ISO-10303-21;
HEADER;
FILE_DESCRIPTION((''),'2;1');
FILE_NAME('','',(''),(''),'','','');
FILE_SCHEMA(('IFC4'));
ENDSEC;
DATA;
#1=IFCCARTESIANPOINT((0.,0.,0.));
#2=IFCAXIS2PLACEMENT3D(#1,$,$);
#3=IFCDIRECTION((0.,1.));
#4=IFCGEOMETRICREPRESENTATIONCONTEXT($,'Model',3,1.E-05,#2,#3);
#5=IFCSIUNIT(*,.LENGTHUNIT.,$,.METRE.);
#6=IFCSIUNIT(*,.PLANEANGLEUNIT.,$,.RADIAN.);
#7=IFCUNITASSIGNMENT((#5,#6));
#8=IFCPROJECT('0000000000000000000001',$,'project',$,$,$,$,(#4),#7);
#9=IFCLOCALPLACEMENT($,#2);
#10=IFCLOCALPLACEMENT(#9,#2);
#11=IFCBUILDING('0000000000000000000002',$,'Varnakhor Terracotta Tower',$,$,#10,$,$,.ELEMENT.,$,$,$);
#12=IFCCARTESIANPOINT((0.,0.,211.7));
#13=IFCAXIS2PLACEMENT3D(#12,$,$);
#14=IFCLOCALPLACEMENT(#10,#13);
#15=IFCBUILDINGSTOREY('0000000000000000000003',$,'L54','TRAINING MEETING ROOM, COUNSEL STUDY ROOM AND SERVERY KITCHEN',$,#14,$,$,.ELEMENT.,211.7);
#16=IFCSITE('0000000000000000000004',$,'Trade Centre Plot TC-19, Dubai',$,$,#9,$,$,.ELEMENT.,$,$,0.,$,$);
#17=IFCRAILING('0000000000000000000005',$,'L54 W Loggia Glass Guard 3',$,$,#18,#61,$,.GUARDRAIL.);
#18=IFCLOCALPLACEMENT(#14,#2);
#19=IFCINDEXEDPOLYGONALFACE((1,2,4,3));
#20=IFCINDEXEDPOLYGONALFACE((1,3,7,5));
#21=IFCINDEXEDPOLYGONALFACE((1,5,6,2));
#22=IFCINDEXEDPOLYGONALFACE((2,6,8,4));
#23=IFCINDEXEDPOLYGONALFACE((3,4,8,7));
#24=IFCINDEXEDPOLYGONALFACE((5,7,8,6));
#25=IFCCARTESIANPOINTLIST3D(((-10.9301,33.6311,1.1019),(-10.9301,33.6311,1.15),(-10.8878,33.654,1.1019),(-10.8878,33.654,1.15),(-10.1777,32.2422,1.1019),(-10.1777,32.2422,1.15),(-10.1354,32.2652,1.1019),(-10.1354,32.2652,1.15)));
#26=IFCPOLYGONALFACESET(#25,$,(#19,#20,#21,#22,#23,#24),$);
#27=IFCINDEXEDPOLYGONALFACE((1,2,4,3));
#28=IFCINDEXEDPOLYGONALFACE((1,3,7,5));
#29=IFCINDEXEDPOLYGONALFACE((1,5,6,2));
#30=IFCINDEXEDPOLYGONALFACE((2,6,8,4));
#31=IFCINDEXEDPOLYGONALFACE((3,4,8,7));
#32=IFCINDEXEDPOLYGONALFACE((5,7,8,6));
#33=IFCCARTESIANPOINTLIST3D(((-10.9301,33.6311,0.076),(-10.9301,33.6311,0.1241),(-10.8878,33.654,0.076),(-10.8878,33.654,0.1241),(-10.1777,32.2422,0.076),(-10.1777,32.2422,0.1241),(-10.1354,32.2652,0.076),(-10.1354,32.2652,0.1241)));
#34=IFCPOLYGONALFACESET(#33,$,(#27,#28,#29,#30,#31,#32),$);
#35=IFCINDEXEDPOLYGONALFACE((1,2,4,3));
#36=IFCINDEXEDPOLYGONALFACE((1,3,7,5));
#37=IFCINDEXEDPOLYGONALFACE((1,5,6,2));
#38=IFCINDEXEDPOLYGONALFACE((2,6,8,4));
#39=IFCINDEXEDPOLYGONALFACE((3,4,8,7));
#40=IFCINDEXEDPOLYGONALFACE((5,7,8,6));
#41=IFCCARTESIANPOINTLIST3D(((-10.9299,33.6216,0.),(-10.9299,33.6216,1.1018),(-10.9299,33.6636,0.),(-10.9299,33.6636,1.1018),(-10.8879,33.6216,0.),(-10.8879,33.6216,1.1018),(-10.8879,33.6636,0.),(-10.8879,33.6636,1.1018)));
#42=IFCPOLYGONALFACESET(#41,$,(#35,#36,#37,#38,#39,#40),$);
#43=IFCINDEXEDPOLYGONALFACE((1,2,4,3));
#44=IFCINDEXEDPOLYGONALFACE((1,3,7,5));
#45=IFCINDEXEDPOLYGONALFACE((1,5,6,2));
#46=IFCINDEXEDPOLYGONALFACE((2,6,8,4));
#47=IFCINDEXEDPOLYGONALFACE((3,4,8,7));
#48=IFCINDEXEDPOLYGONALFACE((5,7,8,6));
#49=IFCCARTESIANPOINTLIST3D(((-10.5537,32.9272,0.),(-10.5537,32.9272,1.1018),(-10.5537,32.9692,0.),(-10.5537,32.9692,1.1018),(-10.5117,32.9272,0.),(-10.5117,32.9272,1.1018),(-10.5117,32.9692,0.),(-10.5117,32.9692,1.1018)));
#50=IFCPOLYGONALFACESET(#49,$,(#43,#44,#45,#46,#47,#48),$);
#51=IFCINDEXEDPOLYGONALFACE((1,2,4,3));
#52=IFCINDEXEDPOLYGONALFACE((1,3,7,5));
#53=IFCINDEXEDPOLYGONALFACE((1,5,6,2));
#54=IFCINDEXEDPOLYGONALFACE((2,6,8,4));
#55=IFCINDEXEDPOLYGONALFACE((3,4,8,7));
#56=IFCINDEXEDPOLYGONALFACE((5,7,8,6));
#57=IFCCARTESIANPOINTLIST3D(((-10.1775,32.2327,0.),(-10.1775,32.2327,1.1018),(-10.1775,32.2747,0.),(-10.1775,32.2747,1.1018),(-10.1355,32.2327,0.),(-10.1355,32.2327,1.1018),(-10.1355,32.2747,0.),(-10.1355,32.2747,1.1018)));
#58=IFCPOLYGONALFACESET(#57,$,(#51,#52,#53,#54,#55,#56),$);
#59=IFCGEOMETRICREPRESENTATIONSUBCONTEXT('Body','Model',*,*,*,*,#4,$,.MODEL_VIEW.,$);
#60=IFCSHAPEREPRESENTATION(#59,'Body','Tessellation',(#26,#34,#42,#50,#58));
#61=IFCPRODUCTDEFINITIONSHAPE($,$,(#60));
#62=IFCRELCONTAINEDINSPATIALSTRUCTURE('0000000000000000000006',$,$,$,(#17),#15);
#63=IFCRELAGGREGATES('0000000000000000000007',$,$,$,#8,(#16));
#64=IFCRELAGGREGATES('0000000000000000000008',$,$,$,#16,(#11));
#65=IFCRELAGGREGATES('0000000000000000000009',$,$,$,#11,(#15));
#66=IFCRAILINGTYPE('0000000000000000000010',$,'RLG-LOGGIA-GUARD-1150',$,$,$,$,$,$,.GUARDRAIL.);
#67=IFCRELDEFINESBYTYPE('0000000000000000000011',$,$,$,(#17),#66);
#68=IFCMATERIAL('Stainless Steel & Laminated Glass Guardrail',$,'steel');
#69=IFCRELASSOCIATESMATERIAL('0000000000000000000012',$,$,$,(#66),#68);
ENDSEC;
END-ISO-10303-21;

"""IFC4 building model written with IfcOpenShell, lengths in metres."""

from ifc_helpers import new_model, si_unit, direction, frame, origin, origin_2d, place, context, subcontext, project, spatial, rectangle, extrude, material, type_object, element, save


model = new_model("IFC4")

# Units and contexts
model_context = context("Model", 3, precision=1e-05, world=origin(), true_north=direction((0.0, 1.0)))
body_context = subcontext(model_context, "Body", "Model", "MODEL_VIEW")
ifc_project = project(units=[si_unit("LENGTHUNIT", "METRE"), si_unit("PLANEANGLEUNIT", "RADIAN")], contexts=[model_context])

# Site, building, storey
site_placement = place(None, origin())
site = spatial("IfcSite", under=ifc_project, at=site_placement, Name="Trade Centre Plot TC-19, Dubai", CompositionType="ELEMENT", RefElevation=0.0)
building_placement = place(site_placement, origin())
building = spatial("IfcBuilding", under=site, at=building_placement, Name="Varnakhor Terracotta Tower", CompositionType="ELEMENT")
storey_placement = place(building_placement, frame((0.0, 0.0, 211.7)))
storey = spatial("IfcBuildingStorey", under=building, at=storey_placement, Name="L54", Description="TRAINING MEETING ROOM, COUNSEL STUDY ROOM AND SERVERY KITCHEN", CompositionType="ELEMENT", Elevation=211.7)

# Railing
ifc_material_1 = material(Name="Stainless Steel & Laminated Glass Guardrail", Category="steel")
railing_type = type_object("IfcRailingType", Name="RLG-LOGGIA-GUARD-1150", PredefinedType="GUARDRAIL", material=ifc_material_1)
railing_placement = place(storey_placement, frame((-10.9089, 33.6426, 0.0)))
element("IfcRailing", 1, at=railing_placement, inside=storey, type_object=railing_type, Name="L54 W Loggia Glass Guard 3", PredefinedType="GUARDRAIL", context=body_context, shape_type="SweptSolid", body=[
    extrude(rectangle(XDim=0.0481, YDim=0.0481, at=origin_2d()), frame((0.0, 0.0, 1.126), z_axis=(0.476338, -0.879262, 0.0), x_axis=(0.879262, 0.476338, 0.0)), (0.0, 0.0, 1.0), 1.5796),
    extrude(rectangle(XDim=0.0481, YDim=0.0481, at=origin_2d()), frame((0.0, 0.0, 0.1001), z_axis=(0.476338, -0.879262, 0.0), x_axis=(0.879262, 0.476338, 0.0)), (0.0, 0.0, 1.0), 1.5796),
    extrude(rectangle(XDim=0.042, YDim=0.042, at=origin_2d()), origin(), (0.0, 0.0, 1.0), 1.1018),
    extrude(rectangle(XDim=0.042, YDim=0.042, at=origin_2d()), frame((0.3762, -0.6943, 0.0)), (0.0, 0.0, 1.0), 1.1018),
    extrude(rectangle(XDim=0.042, YDim=0.042, at=origin_2d()), frame((0.7524, -1.3889, 0.0)), (0.0, 0.0, 1.0), 1.1018),
])

save(model, "model.ifc")
